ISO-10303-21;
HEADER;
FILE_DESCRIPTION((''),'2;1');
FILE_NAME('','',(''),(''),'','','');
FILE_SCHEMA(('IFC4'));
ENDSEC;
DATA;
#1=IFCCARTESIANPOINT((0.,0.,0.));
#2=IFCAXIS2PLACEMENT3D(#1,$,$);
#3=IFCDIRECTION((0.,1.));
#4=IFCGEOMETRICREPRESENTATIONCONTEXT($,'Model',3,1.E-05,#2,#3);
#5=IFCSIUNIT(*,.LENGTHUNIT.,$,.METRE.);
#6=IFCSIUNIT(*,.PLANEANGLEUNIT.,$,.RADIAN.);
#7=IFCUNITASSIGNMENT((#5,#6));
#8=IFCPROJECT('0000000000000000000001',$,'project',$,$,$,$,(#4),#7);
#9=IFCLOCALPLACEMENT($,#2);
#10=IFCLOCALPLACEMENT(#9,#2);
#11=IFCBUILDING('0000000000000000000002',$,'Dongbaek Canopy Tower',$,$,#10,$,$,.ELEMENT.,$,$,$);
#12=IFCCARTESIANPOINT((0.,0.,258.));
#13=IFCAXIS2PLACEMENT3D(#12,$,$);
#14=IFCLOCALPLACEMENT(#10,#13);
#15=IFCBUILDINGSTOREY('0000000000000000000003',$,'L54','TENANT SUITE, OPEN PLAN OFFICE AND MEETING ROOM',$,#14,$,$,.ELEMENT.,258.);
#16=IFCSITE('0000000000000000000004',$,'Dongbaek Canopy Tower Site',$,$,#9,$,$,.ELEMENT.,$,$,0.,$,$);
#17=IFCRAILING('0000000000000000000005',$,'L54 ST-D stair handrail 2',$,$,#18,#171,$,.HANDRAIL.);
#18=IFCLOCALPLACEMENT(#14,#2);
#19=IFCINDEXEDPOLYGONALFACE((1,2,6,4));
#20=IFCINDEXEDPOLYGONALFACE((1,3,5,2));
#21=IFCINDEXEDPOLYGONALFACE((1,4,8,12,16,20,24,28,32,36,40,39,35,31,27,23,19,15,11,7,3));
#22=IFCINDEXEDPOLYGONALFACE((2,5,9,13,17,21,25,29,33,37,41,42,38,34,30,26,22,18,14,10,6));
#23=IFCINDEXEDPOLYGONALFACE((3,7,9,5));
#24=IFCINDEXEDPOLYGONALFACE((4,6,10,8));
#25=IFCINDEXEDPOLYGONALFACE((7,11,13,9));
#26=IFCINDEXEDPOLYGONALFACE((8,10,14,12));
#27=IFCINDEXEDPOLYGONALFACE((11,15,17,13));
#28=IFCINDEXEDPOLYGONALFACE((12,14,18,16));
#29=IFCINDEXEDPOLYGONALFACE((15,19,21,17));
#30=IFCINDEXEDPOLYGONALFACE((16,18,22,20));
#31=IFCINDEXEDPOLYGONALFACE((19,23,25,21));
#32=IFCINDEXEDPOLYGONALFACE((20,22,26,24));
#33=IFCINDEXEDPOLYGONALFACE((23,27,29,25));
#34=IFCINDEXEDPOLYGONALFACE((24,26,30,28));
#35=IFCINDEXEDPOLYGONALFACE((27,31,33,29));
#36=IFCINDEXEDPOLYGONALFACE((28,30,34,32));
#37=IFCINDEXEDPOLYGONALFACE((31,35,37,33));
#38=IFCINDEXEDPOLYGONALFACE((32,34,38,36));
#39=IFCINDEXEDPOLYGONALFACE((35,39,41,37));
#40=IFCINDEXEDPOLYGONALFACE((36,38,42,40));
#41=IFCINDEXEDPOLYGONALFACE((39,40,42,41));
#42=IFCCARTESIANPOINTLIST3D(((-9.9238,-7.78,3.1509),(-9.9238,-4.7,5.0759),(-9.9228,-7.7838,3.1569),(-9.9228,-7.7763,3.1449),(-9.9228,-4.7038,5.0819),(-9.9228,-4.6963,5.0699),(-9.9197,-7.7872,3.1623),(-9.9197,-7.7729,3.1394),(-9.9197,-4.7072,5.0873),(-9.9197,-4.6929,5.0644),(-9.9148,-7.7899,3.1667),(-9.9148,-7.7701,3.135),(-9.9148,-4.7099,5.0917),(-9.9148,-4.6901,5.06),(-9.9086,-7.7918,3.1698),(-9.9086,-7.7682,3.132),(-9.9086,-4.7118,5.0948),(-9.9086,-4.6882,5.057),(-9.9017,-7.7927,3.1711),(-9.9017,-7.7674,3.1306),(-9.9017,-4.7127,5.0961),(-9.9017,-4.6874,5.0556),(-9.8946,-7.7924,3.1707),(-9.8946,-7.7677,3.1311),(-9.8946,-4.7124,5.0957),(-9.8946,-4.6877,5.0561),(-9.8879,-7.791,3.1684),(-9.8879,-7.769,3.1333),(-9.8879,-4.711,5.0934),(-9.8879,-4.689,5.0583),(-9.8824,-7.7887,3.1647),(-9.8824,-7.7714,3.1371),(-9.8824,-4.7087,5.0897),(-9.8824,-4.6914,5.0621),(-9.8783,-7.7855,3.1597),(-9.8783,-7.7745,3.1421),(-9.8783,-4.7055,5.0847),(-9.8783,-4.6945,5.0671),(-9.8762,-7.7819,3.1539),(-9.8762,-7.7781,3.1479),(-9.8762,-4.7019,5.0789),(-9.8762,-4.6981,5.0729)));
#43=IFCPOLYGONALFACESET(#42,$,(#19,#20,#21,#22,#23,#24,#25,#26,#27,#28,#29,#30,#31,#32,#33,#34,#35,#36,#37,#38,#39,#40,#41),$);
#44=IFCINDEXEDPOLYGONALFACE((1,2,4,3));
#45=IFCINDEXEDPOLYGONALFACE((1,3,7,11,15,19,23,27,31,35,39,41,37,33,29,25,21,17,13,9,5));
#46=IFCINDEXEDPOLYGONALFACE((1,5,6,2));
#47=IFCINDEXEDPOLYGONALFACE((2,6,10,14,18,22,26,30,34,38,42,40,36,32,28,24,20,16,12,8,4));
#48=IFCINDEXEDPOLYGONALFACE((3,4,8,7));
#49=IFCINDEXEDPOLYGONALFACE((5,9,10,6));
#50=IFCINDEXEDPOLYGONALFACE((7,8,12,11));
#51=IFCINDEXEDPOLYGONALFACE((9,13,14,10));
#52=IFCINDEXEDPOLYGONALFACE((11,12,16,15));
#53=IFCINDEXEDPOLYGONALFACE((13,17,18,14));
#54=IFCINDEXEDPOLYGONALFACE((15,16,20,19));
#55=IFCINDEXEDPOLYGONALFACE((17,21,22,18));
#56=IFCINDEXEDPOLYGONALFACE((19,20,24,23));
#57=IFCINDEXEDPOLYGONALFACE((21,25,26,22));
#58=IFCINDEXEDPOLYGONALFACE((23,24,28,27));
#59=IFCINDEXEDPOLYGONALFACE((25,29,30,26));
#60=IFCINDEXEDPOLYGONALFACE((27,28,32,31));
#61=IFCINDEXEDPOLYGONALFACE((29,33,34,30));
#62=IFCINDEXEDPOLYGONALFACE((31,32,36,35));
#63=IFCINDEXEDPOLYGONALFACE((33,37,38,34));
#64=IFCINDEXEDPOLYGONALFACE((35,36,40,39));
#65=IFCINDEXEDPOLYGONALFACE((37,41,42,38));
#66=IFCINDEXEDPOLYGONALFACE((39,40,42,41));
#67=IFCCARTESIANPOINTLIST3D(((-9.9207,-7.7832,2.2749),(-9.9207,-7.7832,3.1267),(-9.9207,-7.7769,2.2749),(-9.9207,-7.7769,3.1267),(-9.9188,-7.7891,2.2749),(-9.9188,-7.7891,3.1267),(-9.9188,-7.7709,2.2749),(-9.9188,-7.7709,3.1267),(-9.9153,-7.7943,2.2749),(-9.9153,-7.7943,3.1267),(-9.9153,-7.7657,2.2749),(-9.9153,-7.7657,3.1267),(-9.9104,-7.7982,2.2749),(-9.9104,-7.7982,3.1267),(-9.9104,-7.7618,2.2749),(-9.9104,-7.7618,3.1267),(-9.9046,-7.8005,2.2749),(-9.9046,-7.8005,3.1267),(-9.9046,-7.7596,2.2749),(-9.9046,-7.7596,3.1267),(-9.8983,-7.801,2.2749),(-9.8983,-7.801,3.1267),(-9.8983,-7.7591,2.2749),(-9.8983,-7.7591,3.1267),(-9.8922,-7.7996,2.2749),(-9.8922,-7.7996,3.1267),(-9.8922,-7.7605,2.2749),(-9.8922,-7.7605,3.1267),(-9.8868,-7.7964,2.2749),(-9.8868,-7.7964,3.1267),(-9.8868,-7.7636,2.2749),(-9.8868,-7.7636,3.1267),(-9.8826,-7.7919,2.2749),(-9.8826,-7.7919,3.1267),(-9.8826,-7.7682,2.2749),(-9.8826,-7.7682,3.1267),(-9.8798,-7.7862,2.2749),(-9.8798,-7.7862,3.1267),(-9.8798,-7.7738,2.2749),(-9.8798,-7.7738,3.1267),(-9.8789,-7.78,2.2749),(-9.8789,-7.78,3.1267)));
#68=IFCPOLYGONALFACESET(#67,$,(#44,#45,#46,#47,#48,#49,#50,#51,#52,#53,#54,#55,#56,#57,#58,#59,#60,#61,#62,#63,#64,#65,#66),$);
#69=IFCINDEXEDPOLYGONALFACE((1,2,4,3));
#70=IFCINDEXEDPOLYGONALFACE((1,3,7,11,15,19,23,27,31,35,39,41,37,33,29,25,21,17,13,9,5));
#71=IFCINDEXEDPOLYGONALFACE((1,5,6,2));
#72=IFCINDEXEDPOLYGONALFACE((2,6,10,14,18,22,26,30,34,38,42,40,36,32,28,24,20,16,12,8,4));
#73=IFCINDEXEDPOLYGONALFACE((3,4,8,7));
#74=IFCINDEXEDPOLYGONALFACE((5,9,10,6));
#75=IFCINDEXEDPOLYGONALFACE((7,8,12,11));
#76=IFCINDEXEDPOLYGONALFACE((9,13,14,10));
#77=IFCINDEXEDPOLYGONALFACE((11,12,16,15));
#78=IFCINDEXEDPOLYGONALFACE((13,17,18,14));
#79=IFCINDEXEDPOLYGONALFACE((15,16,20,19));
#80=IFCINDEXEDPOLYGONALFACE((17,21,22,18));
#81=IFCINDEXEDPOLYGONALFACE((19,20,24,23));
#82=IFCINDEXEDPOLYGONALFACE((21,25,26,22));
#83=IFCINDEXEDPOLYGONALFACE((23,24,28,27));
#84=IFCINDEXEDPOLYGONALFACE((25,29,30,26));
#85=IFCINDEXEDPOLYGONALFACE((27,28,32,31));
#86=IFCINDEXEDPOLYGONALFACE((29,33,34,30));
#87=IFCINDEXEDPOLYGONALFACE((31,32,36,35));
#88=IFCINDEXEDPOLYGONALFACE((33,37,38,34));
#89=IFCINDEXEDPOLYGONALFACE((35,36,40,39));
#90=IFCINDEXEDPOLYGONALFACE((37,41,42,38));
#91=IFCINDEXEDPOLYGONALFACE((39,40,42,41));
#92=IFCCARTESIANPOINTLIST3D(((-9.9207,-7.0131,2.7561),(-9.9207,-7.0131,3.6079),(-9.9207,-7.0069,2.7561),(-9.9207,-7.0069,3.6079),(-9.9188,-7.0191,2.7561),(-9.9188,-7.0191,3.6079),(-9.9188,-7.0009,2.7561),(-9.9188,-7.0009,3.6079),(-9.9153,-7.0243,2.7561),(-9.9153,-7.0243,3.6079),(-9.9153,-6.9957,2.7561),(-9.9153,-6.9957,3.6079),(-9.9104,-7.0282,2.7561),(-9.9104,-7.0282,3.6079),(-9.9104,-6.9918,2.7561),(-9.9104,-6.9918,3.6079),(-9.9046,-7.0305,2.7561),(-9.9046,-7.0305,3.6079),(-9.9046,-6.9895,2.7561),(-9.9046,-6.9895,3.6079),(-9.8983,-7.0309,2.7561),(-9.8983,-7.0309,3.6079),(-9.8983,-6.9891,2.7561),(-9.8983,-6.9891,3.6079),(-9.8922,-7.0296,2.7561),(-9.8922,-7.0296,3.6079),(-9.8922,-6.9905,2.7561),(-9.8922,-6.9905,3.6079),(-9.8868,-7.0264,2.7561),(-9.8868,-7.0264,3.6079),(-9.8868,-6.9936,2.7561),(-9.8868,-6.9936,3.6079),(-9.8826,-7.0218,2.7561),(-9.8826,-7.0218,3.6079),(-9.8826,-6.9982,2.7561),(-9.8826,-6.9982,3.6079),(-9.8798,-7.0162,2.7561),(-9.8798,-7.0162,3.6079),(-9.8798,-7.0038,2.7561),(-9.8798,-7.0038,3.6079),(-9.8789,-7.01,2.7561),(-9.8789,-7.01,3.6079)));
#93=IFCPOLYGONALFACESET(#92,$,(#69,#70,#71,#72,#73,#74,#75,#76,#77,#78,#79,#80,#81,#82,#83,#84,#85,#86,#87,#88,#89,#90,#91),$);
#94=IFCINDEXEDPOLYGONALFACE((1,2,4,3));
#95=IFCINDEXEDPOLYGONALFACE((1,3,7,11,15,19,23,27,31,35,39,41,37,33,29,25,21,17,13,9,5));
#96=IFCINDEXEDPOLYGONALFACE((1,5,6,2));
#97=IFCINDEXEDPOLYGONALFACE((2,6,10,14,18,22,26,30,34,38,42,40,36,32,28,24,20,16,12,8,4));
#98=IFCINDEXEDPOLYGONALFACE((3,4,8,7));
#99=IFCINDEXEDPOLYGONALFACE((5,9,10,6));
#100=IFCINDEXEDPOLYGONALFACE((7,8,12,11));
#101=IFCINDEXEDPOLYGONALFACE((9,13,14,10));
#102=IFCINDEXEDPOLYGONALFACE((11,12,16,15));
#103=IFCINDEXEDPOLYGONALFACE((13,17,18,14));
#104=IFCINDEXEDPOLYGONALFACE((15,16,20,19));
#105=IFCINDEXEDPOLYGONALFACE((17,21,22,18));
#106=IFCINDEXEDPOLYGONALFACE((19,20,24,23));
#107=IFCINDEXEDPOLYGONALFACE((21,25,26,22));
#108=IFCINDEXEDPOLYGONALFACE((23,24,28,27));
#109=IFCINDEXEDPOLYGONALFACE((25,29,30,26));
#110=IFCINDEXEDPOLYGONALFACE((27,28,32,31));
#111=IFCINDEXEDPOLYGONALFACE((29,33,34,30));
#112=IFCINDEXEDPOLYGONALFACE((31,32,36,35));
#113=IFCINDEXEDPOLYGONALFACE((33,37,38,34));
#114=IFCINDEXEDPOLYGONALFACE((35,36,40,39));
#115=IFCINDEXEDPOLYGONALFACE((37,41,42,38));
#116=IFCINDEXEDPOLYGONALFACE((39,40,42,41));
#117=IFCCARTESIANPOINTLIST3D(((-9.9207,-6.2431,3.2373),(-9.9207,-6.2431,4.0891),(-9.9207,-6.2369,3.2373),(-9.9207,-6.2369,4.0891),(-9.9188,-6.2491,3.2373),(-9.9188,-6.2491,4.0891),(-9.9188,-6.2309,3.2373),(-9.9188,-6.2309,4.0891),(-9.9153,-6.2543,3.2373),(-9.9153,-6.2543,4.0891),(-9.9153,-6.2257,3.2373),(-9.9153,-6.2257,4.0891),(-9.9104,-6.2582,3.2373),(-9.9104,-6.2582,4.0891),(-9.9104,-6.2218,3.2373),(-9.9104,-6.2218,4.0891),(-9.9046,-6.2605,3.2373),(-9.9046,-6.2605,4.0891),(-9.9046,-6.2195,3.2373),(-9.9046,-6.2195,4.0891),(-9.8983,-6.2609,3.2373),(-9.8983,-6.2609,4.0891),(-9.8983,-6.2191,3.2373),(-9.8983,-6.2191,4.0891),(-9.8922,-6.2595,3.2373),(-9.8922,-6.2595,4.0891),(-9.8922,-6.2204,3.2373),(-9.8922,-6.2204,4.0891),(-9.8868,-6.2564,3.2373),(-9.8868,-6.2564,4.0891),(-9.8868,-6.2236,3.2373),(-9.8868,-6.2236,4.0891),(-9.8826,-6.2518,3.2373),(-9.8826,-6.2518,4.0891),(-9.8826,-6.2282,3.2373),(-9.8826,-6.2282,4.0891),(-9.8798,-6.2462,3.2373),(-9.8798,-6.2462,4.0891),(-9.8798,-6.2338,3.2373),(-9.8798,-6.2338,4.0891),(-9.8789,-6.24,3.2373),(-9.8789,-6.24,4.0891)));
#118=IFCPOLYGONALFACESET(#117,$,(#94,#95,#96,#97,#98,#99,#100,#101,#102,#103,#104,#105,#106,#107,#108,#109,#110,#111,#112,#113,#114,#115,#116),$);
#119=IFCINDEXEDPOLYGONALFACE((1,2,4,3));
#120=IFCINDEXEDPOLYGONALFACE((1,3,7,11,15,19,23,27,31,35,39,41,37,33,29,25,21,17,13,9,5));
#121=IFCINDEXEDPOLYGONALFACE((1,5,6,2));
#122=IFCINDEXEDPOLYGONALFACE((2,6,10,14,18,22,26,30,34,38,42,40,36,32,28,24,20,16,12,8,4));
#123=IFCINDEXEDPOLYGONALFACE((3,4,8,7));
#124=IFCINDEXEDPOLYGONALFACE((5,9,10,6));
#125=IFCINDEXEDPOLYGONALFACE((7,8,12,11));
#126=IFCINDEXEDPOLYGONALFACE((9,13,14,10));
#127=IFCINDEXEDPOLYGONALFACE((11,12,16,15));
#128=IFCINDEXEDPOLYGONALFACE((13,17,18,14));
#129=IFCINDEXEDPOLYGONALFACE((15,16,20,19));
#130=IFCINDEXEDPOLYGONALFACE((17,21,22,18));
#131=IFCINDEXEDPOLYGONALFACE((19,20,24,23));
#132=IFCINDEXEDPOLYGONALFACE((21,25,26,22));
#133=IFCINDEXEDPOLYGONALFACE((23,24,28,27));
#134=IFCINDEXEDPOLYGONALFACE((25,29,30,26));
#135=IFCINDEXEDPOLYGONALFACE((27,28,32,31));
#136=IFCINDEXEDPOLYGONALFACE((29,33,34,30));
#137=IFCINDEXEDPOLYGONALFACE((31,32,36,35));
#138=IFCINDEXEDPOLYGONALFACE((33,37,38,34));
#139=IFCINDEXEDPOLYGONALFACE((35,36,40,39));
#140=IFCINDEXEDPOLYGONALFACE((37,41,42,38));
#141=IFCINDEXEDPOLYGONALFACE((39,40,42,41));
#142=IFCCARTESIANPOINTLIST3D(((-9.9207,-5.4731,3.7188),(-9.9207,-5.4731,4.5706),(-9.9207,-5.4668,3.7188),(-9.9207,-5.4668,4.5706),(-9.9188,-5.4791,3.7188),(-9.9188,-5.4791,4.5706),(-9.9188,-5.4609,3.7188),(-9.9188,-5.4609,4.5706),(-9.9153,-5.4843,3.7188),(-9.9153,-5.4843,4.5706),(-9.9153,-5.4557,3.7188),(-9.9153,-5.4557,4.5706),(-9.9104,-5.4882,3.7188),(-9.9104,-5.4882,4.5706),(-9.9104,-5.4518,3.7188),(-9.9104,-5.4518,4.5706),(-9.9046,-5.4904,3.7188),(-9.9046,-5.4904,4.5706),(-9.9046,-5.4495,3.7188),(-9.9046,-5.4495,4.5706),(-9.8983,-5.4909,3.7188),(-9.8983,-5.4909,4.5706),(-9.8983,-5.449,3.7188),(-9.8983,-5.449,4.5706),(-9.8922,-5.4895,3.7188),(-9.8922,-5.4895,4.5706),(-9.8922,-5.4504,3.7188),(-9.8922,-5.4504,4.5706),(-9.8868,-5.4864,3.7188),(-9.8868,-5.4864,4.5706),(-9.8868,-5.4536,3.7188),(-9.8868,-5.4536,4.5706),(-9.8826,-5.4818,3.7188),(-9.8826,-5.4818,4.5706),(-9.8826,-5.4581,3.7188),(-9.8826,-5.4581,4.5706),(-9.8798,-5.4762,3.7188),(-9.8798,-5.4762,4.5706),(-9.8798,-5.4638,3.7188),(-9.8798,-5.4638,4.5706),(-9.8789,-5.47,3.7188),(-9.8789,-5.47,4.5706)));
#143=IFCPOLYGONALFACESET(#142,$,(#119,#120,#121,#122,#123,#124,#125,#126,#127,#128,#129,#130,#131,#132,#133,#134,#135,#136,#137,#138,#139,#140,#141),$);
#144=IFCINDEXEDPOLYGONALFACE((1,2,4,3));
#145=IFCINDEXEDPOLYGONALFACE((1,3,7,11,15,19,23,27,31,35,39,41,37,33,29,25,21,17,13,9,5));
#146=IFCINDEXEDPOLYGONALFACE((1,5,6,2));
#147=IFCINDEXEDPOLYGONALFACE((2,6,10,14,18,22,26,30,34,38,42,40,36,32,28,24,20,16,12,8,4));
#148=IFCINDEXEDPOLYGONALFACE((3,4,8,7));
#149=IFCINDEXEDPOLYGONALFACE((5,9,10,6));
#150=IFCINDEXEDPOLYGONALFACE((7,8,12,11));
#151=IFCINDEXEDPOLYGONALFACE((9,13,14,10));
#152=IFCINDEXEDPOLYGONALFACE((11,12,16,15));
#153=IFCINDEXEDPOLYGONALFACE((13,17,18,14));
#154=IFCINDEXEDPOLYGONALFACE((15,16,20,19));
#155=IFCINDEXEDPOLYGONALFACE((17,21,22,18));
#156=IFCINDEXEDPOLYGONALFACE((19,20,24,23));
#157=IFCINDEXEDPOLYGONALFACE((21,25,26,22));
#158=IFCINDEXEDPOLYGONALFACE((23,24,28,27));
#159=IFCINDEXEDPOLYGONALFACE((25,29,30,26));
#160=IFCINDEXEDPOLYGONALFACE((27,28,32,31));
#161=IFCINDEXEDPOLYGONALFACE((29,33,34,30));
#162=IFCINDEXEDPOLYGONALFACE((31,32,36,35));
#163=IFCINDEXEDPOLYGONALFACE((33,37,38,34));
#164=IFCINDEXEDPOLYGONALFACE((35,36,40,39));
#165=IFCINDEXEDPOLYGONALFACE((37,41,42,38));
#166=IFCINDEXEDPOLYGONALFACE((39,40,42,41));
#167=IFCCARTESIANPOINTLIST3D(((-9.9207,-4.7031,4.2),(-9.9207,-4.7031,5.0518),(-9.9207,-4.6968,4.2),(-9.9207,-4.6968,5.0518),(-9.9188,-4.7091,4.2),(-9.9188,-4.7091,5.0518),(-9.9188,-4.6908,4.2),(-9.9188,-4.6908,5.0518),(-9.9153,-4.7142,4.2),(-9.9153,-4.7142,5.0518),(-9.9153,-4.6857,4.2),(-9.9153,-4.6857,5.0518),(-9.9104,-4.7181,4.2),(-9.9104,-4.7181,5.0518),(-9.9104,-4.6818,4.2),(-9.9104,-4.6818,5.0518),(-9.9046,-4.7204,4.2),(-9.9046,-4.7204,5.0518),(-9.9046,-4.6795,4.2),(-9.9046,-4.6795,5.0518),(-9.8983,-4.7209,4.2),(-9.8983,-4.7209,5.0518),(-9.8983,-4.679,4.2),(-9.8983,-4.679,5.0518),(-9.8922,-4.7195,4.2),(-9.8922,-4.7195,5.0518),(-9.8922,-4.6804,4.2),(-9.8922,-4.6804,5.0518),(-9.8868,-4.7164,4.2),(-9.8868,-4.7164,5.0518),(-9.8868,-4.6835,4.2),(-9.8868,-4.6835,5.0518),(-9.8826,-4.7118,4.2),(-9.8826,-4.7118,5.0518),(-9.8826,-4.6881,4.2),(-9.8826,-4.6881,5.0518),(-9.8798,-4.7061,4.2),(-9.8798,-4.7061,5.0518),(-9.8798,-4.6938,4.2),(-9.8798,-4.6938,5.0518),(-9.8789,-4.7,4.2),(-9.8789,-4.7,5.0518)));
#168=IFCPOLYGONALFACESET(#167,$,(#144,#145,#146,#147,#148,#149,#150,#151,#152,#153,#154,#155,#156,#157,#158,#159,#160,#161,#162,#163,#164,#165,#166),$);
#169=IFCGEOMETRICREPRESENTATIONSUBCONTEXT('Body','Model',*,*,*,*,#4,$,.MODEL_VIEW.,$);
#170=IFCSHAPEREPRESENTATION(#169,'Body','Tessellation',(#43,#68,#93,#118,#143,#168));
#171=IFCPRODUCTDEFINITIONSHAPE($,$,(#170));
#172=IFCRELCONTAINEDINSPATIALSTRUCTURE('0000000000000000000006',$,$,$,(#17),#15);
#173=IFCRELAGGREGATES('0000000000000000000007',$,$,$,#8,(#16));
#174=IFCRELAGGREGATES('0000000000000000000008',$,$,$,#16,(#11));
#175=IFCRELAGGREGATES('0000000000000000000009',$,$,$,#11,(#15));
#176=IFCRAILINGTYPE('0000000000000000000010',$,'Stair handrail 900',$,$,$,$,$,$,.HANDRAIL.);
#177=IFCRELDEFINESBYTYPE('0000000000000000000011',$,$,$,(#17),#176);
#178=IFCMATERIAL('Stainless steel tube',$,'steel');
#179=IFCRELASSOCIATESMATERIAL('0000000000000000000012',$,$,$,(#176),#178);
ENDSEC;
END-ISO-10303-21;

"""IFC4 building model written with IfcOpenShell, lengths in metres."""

from ifc_helpers import new_model, si_unit, direction, frame, origin, origin_2d, place, context, subcontext, project, spatial, circle, extrude, material, type_object, element, save


model = new_model("IFC4")

# Units and contexts
model_context = context("Model", 3, precision=1e-05, world=origin(), true_north=direction((0.0, 1.0)))
body_context = subcontext(model_context, "Body", "Model", "MODEL_VIEW")
ifc_project = project(units=[si_unit("LENGTHUNIT", "METRE"), si_unit("PLANEANGLEUNIT", "RADIAN")], contexts=[model_context])

# Site, building, storey
site_placement = place(None, origin())
site = spatial("IfcSite", under=ifc_project, at=site_placement, Name="Dongbaek Canopy Tower Site", CompositionType="ELEMENT", RefElevation=0.0)
building_placement = place(site_placement, origin())
building = spatial("IfcBuilding", under=site, at=building_placement, Name="Dongbaek Canopy Tower", CompositionType="ELEMENT")
storey_placement = place(building_placement, frame((0.0, 0.0, 258.0)))
storey = spatial("IfcBuildingStorey", under=building, at=storey_placement, Name="L54", Description="TENANT SUITE, OPEN PLAN OFFICE AND MEETING ROOM", CompositionType="ELEMENT", Elevation=258.0)

# Railing
ifc_material_1 = material(Name="Stainless steel tube", Category="steel")
railing_type_1 = type_object("IfcRailingType", Name="Stair handrail 900", PredefinedType="HANDRAIL", material=ifc_material_1)
railing_1_placement = place(storey_placement, frame((-9.8999, -7.78, 2.2749)))
element("IfcRailing", 1, at=railing_1_placement, inside=storey, type_object=railing_type_1, Name="L54 ST-D stair handrail 2", PredefinedType="HANDRAIL", context=body_context, shape_type="SweptSolid", body=[
    extrude(circle(Radius=0.0239, at=origin_2d()), frame((0.0, 0.0, 0.876), z_axis=(0.0, 0.847998, 0.529999), x_axis=(-1.0, 0.0, 0.0)), (0.0, 0.0, 1.0), 3.6321),
    extrude(circle(Radius=0.021, at=origin_2d()), origin(), (0.0, 0.0, 1.0), 0.8518),
    extrude(circle(Radius=0.021, at=origin_2d()), frame((0.0, 0.77, 0.4812)), (0.0, 0.0, 1.0), 0.8518),
    extrude(circle(Radius=0.021, at=origin_2d()), frame((0.0, 1.54, 0.9624)), (0.0, 0.0, 1.0), 0.8518),
    extrude(circle(Radius=0.021, at=origin_2d()), frame((0.0, 2.3101, 1.4438)), (0.0, 0.0, 1.0), 0.8518),
    extrude(circle(Radius=0.021, at=origin_2d()), frame((0.0, 3.0801, 1.925)), (0.0, 0.0, 1.0), 0.8518),
])

save(model, "model.ifc")
